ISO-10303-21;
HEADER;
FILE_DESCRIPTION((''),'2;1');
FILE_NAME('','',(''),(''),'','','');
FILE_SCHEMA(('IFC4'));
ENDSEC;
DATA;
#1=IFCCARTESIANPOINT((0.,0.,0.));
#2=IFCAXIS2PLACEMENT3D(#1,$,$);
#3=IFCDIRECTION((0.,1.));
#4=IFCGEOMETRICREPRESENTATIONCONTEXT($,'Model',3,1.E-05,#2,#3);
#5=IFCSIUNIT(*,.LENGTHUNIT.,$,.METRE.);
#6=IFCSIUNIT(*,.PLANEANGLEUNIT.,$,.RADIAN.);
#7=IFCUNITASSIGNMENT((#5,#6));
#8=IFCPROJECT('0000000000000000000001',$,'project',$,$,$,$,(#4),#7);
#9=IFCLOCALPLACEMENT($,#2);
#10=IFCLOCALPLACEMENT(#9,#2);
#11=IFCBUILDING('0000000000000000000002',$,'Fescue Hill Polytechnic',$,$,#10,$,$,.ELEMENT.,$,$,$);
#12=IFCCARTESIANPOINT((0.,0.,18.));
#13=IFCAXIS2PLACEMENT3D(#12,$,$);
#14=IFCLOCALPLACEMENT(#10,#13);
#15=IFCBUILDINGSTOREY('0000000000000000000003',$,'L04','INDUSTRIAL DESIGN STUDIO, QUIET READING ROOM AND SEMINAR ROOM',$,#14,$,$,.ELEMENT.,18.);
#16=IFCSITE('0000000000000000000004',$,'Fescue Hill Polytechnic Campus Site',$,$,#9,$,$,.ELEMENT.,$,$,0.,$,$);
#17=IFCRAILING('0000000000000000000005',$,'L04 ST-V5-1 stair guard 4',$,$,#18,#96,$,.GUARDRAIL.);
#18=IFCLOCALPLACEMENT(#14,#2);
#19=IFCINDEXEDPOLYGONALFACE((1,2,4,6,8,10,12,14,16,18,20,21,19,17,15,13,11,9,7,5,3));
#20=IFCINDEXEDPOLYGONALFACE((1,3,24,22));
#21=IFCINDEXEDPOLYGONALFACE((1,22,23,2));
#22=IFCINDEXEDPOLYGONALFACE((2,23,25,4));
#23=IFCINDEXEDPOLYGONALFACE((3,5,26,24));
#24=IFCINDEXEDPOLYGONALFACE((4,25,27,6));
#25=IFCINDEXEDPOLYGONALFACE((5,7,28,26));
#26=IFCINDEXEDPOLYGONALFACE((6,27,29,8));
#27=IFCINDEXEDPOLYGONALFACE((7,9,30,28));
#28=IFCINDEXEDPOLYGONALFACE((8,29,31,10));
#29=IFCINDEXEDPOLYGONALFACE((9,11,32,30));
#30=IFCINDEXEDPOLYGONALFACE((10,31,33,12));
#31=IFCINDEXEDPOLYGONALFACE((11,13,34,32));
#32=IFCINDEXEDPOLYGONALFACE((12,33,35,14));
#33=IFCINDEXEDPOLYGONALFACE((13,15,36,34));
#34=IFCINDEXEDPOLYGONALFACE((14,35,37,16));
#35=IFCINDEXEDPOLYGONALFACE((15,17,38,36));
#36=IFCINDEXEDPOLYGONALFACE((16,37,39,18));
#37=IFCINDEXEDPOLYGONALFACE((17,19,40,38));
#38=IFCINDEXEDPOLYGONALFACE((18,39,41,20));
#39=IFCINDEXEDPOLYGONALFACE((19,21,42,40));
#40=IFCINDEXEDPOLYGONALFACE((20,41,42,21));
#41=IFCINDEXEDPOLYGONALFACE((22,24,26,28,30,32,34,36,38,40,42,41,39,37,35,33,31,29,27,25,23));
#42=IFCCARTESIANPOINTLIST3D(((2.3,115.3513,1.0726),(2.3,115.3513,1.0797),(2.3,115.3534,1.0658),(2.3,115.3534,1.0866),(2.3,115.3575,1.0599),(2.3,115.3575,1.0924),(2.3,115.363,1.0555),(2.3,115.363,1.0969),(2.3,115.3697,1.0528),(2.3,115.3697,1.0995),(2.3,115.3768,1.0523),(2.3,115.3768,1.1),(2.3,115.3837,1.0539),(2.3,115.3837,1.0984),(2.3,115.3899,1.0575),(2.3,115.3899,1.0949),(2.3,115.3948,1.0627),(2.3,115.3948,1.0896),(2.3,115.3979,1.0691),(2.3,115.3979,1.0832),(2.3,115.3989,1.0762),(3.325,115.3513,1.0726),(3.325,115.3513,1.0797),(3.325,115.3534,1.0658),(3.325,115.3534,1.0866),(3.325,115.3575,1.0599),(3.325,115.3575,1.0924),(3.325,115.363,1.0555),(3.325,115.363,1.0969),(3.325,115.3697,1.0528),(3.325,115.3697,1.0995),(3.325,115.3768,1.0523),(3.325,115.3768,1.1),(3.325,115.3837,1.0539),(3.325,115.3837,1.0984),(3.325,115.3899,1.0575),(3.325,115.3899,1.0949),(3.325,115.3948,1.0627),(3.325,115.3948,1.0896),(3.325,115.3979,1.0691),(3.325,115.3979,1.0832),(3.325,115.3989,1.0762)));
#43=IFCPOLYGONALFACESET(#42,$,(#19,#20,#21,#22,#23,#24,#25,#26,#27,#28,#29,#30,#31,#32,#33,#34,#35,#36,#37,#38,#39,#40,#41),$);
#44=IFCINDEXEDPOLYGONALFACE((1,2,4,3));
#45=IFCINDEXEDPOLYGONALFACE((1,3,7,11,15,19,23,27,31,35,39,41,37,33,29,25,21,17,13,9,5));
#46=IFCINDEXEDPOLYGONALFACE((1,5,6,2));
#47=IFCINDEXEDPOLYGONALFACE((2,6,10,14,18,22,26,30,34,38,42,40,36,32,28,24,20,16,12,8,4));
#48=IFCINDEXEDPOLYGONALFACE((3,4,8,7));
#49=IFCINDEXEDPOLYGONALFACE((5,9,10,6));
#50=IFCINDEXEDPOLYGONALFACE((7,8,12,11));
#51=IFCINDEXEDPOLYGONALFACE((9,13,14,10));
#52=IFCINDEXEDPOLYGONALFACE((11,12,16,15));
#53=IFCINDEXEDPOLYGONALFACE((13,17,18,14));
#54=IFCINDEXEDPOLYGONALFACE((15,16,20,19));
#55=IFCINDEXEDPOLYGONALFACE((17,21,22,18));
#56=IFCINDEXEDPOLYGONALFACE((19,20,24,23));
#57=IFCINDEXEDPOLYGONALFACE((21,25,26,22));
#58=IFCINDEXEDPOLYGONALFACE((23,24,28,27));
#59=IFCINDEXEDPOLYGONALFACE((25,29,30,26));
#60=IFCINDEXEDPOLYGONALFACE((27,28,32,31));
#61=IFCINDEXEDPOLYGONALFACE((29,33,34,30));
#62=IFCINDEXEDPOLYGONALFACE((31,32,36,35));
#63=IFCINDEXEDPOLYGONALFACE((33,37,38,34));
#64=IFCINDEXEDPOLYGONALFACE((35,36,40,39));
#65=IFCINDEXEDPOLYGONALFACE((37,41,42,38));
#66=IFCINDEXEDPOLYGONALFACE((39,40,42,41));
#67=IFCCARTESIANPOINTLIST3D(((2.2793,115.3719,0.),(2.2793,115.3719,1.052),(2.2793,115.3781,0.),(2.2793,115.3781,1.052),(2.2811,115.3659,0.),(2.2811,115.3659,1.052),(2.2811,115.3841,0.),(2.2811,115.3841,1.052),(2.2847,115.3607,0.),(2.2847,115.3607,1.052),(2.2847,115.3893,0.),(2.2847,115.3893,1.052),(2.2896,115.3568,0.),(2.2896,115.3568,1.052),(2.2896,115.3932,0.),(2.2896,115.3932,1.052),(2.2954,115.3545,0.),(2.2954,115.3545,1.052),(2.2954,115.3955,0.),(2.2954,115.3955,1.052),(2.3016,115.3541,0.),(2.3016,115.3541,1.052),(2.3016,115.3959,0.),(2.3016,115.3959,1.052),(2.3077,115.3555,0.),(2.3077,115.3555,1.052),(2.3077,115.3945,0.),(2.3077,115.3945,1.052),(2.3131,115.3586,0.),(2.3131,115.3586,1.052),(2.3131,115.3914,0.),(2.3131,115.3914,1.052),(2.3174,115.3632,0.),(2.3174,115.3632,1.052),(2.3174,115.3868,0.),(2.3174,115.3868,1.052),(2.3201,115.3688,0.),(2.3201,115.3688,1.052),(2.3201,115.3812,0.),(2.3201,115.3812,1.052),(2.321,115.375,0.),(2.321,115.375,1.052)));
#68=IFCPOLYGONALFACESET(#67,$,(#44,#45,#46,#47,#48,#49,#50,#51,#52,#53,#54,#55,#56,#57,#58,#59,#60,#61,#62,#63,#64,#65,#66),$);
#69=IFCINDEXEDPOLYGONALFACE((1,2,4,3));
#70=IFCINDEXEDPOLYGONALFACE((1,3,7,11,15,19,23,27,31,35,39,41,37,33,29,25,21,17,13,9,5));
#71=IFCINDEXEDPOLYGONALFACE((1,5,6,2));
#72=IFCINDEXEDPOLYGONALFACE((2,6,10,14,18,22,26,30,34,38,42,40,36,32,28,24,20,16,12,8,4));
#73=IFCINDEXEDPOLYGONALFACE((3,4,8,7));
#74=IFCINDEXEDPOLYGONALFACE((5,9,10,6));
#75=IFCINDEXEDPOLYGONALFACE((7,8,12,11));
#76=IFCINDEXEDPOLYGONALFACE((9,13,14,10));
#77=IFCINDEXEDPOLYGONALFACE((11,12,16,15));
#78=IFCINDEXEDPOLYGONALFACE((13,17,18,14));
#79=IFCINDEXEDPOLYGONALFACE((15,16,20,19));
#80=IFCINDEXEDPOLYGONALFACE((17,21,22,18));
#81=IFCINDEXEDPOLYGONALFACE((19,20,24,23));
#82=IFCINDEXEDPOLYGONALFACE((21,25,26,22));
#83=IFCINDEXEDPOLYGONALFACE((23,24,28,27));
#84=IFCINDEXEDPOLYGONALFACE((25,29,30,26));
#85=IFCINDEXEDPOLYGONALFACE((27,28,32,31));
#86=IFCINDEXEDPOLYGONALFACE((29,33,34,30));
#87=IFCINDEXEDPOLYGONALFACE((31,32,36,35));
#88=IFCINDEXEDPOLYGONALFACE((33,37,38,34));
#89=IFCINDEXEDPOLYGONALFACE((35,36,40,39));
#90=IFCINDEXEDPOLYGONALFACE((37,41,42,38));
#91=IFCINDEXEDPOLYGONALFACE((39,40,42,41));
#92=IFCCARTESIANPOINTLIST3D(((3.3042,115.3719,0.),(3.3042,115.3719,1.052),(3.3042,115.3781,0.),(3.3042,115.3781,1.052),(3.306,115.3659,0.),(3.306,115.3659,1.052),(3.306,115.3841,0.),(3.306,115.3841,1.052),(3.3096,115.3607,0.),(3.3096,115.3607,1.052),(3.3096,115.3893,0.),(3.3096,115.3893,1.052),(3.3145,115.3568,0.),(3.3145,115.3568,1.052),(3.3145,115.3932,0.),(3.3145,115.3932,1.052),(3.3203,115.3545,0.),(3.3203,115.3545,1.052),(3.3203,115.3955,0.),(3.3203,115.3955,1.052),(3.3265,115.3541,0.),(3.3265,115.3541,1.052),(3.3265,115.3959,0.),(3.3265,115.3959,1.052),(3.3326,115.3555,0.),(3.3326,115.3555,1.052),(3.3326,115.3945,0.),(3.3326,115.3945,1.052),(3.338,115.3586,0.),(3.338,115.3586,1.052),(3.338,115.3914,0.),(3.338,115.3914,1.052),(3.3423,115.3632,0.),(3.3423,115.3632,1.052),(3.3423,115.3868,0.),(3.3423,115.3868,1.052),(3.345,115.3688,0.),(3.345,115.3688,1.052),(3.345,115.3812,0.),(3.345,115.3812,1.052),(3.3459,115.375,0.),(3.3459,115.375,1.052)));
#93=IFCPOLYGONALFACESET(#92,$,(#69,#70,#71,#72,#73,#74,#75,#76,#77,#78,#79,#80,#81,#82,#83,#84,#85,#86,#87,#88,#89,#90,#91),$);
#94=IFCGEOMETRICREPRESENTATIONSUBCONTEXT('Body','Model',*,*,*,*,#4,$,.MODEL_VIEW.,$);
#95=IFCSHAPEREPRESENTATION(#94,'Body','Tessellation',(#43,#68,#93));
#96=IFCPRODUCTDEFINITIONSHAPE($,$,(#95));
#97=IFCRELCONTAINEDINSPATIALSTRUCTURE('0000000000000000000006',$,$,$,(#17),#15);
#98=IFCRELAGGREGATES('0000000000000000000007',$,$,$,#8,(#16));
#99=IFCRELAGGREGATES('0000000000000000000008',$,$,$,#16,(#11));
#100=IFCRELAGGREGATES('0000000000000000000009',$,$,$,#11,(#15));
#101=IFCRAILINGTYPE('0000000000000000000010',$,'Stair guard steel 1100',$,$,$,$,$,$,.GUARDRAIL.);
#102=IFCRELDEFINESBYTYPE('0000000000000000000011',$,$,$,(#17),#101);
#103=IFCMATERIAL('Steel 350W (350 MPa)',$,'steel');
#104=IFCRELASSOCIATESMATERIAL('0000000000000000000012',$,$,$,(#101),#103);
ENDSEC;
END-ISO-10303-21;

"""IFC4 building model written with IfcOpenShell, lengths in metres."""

from ifc_helpers import new_model, si_unit, direction, frame, origin, origin_2d, place, context, subcontext, project, spatial, circle, extrude, material, type_object, element, save


model = new_model("IFC4")

# Units and contexts
model_context = context("Model", 3, precision=1e-05, world=origin(), true_north=direction((0.0, 1.0)))
body_context = subcontext(model_context, "Body", "Model", "MODEL_VIEW")
ifc_project = project(units=[si_unit("LENGTHUNIT", "METRE"), si_unit("PLANEANGLEUNIT", "RADIAN")], contexts=[model_context])

# Site, building, storey
site_placement = place(None, origin())
site = spatial("IfcSite", under=ifc_project, at=site_placement, Name="Fescue Hill Polytechnic Campus Site", CompositionType="ELEMENT", RefElevation=0.0)
building_placement = place(site_placement, origin())
building = spatial("IfcBuilding", under=site, at=building_placement, Name="Fescue Hill Polytechnic", CompositionType="ELEMENT")
storey_placement = place(building_placement, frame((0.0, 0.0, 18.0)))
storey = spatial("IfcBuildingStorey", under=building, at=storey_placement, Name="L04", Description="INDUSTRIAL DESIGN STUDIO, QUIET READING ROOM AND SEMINAR ROOM", CompositionType="ELEMENT", Elevation=18.0)

# Railing
ifc_material_1 = material(Name="Steel 350W (350 MPa)", Category="steel")
railing_type_1 = type_object("IfcRailingType", Name="Stair guard steel 1100", PredefinedType="GUARDRAIL", material=ifc_material_1)
railing_1_placement = place(storey_placement, frame((2.3, 115.375, 0.0)))
element("IfcRailing", 1, at=railing_1_placement, inside=storey, type_object=railing_type_1, Name="L04 ST-V5-1 stair guard 4", PredefinedType="GUARDRAIL", context=body_context, shape_type="SweptSolid", body=[
    extrude(circle(Radius=0.0239, at=origin_2d()), frame((0.0, 0.0, 1.0762), z_axis=(1.0, 0.0, 0.0), x_axis=(0.0, 1.0, 0.0)), (0.0, 0.0, 1.0), 1.0249),
    extrude(circle(Radius=0.021, at=origin_2d()), origin(), (0.0, 0.0, 1.0), 1.052),
    extrude(circle(Radius=0.021, at=origin_2d()), frame((1.0249, 0.0, 0.0)), (0.0, 0.0, 1.0), 1.052),
])

save(model, "model.ifc")
